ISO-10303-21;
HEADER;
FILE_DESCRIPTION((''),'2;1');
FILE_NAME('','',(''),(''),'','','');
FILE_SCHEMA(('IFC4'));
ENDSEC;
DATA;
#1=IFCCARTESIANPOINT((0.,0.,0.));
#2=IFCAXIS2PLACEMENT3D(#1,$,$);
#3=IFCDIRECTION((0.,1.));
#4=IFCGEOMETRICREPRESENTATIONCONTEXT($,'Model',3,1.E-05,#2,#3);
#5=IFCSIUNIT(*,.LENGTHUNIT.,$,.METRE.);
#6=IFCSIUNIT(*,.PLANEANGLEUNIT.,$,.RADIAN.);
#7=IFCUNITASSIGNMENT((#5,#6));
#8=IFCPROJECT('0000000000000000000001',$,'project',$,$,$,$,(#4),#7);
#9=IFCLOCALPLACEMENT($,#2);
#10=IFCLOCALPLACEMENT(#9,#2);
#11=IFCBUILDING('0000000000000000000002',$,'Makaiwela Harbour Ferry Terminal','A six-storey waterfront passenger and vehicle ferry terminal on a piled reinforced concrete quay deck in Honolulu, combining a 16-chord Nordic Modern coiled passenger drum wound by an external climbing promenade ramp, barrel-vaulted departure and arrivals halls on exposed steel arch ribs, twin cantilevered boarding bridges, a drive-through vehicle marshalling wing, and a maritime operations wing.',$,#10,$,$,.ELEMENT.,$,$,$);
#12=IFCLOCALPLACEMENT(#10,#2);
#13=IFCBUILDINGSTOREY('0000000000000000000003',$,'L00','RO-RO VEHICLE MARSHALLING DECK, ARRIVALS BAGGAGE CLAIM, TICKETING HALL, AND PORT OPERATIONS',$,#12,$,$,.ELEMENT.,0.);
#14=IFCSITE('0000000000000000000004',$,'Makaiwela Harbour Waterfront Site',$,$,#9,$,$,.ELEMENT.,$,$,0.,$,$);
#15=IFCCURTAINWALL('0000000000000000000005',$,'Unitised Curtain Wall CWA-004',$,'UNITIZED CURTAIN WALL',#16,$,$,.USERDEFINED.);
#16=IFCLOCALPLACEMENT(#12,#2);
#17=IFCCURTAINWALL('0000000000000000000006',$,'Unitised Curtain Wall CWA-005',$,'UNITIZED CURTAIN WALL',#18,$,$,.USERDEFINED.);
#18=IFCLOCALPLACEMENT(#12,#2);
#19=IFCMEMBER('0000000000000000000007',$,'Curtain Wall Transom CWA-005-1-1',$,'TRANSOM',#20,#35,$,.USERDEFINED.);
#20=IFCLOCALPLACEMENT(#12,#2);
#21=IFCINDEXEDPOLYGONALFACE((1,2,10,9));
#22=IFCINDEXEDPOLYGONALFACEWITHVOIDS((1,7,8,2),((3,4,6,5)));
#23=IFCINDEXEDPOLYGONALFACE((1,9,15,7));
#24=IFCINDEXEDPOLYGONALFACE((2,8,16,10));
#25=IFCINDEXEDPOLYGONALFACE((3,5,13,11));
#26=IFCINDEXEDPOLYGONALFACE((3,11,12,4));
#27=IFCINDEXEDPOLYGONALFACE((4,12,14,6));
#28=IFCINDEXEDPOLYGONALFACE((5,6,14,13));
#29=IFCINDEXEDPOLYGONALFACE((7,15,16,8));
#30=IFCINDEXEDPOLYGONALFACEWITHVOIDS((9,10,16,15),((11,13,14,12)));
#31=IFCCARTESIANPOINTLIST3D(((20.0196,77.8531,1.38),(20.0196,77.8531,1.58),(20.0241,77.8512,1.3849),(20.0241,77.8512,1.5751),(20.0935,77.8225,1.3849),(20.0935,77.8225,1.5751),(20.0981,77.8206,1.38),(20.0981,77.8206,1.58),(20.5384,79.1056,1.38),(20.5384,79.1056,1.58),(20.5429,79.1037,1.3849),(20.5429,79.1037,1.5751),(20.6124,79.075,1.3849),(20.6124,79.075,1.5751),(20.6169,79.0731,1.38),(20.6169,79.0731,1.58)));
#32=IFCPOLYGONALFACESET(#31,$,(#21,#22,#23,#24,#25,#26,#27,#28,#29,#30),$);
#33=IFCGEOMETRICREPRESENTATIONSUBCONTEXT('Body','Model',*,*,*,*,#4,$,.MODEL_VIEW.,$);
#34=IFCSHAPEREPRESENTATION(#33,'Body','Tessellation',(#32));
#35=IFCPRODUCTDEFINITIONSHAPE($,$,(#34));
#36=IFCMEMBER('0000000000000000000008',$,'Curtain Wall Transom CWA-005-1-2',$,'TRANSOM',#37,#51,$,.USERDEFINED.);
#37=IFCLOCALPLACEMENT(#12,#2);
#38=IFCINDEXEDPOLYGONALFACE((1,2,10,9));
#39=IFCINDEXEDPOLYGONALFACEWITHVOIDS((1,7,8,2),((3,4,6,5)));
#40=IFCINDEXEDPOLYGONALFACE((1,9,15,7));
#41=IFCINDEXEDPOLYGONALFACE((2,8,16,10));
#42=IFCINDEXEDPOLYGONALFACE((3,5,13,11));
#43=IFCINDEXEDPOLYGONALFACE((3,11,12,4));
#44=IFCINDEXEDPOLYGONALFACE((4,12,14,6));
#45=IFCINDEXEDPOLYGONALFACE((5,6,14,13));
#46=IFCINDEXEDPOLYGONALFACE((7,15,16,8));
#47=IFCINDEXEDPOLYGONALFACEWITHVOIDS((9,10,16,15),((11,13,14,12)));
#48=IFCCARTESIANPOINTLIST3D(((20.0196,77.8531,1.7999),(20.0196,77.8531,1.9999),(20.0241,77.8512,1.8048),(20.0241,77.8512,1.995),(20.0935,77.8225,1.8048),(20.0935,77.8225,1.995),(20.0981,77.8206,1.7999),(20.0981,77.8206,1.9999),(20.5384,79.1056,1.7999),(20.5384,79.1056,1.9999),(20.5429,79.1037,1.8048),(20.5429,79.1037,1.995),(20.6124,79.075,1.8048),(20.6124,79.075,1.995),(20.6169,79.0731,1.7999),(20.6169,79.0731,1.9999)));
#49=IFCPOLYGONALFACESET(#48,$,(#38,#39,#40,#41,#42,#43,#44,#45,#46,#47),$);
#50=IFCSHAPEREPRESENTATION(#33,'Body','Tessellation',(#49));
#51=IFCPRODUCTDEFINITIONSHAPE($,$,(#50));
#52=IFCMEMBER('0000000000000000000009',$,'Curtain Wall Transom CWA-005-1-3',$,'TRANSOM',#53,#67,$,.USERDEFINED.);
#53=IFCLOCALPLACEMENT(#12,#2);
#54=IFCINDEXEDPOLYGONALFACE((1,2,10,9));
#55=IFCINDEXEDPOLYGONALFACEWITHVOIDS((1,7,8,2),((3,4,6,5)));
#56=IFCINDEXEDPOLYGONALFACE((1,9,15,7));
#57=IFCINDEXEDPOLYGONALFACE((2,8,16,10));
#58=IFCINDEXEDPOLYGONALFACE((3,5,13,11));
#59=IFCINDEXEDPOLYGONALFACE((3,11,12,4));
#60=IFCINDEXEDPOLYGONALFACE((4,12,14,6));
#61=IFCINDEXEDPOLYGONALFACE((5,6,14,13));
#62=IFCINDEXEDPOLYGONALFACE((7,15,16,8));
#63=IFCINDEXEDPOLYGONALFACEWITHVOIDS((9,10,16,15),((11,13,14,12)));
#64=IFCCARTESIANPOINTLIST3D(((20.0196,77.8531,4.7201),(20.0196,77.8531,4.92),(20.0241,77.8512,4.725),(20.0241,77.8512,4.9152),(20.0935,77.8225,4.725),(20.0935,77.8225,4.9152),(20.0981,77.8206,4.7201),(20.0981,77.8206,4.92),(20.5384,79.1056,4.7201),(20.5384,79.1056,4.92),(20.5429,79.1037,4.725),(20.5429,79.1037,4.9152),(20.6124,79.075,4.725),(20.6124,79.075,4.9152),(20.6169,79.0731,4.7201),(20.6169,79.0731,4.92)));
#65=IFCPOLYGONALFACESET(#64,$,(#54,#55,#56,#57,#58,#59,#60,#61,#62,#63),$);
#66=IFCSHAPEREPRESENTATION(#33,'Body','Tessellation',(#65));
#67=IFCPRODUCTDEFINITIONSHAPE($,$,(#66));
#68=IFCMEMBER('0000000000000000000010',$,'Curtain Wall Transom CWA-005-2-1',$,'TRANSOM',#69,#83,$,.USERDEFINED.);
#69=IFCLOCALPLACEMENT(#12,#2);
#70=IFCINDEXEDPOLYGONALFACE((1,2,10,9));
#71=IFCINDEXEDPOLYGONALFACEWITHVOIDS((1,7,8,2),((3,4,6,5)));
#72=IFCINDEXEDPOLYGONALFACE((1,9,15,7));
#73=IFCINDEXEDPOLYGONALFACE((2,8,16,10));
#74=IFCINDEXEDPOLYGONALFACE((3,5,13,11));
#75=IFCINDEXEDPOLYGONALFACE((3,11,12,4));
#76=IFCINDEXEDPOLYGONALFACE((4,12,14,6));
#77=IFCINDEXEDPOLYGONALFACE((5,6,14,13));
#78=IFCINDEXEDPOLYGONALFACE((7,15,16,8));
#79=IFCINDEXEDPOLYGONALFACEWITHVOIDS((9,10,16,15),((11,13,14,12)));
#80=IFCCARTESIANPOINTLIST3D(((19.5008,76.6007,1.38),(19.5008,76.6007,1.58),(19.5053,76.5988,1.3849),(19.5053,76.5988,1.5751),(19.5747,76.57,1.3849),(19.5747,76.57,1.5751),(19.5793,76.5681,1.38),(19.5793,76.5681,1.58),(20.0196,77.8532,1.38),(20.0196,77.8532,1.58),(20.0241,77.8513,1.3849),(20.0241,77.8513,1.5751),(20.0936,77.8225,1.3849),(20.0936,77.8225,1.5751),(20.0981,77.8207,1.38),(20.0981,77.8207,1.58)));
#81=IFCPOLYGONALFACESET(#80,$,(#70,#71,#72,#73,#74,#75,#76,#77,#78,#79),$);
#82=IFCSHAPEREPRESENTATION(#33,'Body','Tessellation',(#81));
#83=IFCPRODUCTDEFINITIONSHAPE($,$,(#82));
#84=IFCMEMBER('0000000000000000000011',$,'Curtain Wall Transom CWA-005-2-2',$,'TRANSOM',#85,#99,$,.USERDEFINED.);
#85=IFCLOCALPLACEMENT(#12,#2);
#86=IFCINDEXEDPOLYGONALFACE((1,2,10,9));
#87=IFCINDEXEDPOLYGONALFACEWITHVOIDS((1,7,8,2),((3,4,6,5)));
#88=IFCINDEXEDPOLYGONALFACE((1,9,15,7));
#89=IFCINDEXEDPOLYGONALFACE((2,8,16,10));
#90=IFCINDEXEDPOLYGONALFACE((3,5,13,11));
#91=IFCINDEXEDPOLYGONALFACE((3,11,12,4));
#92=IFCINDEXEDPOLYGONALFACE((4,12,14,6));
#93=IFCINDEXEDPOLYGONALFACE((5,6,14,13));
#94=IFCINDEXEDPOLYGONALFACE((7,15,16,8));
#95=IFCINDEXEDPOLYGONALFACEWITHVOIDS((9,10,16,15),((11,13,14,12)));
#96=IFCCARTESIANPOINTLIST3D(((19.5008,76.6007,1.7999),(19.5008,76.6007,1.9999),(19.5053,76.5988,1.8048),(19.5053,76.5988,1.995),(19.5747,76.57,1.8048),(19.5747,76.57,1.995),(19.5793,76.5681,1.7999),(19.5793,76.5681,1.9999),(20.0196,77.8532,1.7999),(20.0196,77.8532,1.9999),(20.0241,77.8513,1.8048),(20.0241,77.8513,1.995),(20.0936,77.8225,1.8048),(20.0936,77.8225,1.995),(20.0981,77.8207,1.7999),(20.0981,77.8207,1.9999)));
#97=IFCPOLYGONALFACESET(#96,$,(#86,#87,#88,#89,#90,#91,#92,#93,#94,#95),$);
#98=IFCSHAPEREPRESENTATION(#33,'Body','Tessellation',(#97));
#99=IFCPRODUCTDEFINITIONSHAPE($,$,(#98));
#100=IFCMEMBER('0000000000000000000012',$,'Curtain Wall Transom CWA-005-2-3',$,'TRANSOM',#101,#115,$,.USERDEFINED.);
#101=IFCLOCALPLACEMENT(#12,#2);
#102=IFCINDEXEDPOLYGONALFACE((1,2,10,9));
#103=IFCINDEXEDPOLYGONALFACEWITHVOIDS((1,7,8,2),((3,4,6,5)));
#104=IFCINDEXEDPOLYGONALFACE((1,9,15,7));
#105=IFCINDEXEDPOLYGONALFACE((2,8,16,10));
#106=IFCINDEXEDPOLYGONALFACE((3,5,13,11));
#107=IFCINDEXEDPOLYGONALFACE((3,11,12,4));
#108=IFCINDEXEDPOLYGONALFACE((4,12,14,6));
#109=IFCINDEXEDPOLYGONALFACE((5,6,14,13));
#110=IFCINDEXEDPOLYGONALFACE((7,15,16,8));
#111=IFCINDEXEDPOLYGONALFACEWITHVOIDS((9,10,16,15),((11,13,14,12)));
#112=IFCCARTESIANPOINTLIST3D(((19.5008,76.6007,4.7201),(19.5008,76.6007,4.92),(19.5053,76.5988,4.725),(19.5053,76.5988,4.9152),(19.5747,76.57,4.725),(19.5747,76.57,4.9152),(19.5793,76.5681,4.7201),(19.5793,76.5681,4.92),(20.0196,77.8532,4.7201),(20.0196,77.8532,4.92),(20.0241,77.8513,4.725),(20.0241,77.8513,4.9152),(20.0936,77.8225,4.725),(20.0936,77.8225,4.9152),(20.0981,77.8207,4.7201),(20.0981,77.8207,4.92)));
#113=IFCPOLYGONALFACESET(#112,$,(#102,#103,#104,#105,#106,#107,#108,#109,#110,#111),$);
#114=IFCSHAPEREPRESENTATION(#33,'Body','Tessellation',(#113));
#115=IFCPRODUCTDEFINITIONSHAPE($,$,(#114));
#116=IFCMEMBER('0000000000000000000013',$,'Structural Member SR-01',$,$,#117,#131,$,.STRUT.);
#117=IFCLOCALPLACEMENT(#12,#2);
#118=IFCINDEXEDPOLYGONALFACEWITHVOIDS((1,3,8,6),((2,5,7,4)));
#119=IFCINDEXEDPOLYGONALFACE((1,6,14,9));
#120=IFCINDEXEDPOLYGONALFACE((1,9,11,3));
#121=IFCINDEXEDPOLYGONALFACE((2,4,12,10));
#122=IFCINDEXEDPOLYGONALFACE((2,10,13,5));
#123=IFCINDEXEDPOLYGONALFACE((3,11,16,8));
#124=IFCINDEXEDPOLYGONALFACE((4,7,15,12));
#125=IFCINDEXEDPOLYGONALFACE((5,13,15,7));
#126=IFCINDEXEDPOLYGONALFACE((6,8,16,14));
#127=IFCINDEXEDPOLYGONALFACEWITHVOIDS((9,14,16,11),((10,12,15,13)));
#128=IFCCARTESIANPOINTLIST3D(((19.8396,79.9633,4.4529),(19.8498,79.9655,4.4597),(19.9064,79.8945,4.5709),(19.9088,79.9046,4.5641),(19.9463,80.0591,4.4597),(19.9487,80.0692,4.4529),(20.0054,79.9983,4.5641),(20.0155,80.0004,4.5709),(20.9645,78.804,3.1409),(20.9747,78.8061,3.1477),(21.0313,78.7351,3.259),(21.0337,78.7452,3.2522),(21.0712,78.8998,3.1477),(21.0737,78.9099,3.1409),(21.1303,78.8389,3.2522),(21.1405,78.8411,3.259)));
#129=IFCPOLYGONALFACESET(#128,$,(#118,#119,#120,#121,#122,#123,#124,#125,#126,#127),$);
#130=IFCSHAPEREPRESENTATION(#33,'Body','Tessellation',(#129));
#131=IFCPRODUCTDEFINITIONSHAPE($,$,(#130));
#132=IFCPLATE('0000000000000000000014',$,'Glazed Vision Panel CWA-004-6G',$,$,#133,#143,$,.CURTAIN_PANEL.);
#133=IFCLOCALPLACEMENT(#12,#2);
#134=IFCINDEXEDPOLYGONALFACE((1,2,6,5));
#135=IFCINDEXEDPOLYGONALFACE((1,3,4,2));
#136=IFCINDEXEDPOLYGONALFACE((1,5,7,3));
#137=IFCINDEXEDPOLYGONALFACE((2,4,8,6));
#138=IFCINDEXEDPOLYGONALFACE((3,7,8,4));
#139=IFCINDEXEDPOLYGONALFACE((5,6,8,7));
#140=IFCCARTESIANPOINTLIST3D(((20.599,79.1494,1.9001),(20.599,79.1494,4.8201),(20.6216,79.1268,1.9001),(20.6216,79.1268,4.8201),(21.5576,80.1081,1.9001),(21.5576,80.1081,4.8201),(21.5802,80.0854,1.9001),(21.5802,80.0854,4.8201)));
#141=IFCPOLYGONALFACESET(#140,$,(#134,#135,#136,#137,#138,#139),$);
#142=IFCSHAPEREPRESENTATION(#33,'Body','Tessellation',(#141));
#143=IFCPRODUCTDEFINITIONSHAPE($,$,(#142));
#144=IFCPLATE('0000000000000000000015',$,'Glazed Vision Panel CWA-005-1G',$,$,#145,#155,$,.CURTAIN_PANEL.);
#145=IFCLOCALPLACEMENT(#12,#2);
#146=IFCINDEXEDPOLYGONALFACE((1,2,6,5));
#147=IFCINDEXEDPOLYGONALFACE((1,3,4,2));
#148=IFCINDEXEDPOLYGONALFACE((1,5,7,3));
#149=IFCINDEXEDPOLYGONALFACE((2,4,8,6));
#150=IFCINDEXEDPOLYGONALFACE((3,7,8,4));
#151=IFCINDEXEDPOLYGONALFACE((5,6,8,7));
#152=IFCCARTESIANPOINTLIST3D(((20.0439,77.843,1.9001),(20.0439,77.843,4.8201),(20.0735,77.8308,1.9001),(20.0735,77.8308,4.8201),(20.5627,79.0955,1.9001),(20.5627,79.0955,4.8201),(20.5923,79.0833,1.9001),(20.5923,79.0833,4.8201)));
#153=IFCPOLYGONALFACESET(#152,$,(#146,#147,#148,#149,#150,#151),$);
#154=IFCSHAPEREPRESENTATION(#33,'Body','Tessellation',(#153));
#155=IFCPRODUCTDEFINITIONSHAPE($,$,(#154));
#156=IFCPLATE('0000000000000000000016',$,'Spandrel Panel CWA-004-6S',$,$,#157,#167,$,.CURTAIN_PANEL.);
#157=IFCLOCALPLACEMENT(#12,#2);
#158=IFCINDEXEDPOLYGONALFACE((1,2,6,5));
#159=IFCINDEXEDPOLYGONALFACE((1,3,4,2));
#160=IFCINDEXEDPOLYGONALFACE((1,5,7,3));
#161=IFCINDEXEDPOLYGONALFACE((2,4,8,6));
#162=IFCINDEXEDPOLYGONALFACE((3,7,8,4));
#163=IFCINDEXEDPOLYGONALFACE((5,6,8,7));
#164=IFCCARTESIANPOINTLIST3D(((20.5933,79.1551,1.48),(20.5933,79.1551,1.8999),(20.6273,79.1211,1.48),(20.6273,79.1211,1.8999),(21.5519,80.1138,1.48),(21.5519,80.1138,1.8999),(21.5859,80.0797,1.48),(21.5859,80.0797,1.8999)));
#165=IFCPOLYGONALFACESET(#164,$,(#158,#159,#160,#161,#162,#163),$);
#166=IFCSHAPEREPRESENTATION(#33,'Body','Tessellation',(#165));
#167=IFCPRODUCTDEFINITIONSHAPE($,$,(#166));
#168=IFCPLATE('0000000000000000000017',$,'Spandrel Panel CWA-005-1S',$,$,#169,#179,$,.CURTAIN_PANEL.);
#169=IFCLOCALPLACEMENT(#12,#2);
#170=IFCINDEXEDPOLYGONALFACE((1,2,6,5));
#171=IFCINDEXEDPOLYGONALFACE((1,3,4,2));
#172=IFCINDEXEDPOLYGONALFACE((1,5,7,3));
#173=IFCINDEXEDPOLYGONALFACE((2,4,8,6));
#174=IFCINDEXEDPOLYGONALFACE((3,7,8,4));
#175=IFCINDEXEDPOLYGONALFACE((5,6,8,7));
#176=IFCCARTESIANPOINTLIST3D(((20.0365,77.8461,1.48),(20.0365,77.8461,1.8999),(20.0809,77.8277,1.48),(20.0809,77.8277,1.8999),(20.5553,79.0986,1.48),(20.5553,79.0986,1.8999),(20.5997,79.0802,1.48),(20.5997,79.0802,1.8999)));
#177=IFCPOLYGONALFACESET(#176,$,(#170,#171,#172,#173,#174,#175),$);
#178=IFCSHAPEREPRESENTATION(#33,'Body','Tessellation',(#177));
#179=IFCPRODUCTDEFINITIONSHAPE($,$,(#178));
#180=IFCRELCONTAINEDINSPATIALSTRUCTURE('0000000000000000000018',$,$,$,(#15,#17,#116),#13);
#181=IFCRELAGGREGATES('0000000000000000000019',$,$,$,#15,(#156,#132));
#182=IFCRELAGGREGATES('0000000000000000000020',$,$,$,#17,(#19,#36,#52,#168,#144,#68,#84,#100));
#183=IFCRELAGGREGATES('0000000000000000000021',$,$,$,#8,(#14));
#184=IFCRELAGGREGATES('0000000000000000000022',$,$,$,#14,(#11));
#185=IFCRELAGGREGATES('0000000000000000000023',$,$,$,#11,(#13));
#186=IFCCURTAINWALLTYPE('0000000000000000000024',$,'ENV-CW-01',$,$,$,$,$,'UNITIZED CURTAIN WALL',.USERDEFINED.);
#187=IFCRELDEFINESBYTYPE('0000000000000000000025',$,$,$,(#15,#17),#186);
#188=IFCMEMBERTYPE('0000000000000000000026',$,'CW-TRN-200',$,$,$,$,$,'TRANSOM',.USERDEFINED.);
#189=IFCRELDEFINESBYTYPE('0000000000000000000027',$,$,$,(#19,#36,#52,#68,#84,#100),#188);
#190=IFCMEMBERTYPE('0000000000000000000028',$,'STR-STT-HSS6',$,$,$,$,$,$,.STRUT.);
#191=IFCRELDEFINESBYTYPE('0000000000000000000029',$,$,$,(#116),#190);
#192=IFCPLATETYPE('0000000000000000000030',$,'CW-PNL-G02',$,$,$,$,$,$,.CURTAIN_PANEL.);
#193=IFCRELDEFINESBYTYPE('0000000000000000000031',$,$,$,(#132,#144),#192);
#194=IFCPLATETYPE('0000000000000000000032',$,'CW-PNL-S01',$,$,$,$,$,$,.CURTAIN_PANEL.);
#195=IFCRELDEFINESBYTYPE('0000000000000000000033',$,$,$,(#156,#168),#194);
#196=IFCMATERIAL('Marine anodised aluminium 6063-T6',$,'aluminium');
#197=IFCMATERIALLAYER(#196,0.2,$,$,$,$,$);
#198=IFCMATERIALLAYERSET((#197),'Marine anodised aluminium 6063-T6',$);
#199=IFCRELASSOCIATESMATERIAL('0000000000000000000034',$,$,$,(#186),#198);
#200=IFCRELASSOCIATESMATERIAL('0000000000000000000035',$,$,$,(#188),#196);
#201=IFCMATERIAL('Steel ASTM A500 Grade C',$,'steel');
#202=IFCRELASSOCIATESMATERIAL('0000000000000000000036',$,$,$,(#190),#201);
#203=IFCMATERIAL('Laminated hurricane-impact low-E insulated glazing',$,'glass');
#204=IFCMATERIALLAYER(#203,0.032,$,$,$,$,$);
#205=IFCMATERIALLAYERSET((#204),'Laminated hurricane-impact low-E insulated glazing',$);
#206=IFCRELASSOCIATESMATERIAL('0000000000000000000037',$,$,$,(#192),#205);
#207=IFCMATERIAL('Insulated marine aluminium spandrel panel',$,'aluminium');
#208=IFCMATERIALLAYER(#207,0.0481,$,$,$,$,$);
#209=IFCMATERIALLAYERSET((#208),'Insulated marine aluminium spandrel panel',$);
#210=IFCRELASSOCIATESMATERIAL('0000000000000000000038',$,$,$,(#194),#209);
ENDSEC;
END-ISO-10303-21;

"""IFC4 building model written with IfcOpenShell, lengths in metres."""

from ifc_helpers import new_model, si_unit, direction, frame, origin, origin_2d, place, context, subcontext, project, spatial, rectangle, hollow_rectangle, extrude, material, layer, layer_set, material_profile, profile_set, type_object, element, aggregate, save


model = new_model("IFC4")

# Units and contexts
model_context = context("Model", 3, precision=1e-05, world=origin(), true_north=direction((0.0, 1.0)))
body_context = subcontext(model_context, "Body", "Model", "MODEL_VIEW")
ifc_project = project(units=[si_unit("LENGTHUNIT", "METRE"), si_unit("PLANEANGLEUNIT", "RADIAN")], contexts=[model_context])

# Site, building, storey
site_placement = place(None, origin())
site = spatial("IfcSite", under=ifc_project, at=site_placement, Name="Makaiwela Harbour Waterfront Site", CompositionType="ELEMENT", RefElevation=0.0)
building_placement = place(site_placement, origin())
building = spatial("IfcBuilding", under=site, at=building_placement, Name="Makaiwela Harbour Ferry Terminal", Description="A six-storey waterfront passenger and vehicle ferry terminal on a piled reinforced concrete quay deck in Honolulu, combining a 16-chord Nordic Modern coiled passenger drum wound by an external climbing promenade ramp, barrel-vaulted departure and arrivals halls on exposed steel arch ribs, twin cantilevered boarding bridges, a drive-through vehicle marshalling wing, and a maritime operations wing.", CompositionType="ELEMENT")
storey_placement = place(building_placement, origin())
storey = spatial("IfcBuildingStorey", under=building, at=storey_placement, Name="L00", Description="RO-RO VEHICLE MARSHALLING DECK, ARRIVALS BAGGAGE CLAIM, TICKETING HALL, AND PORT OPERATIONS", CompositionType="ELEMENT", Elevation=0.0)

# Curtain walls, members
ifc_material_1 = material(Name="Marine anodised aluminium 6063-T6", Category="aluminium")
ifc_layer_1 = layer(ifc_material_1, 0.2)
ifc_layer_set_1 = layer_set([ifc_layer_1], Name="Marine anodised aluminium 6063-T6")
curtain_wall_type = type_object("IfcCurtainWallType", Name="ENV-CW-01", ElementType="UNITIZED CURTAIN WALL", PredefinedType="USERDEFINED", material=ifc_layer_set_1)
curtain_wall_1_placement = place(storey_placement, origin())
curtain_wall_1 = element("IfcCurtainWall", 1, at=curtain_wall_1_placement, inside=storey, type_object=curtain_wall_type, Name="Unitised Curtain Wall CWA-004", ObjectType="UNITIZED CURTAIN WALL", PredefinedType="USERDEFINED")
curtain_wall_2_placement = place(storey_placement, origin())
curtain_wall_2 = element("IfcCurtainWall", 2, at=curtain_wall_2_placement, inside=storey, type_object=curtain_wall_type, Name="Unitised Curtain Wall CWA-005", ObjectType="UNITIZED CURTAIN WALL", PredefinedType="USERDEFINED")
ifc_material_profile_1 = material_profile(ifc_material_1, hollow_rectangle(XDim=0.085, YDim=0.2, WallThickness=0.0049, at=origin_2d()), Name="CWT-200X85")
ifc_profile_set_1 = profile_set([ifc_material_profile_1], Name="Marine anodised aluminium 6063-T6")
member_type_1 = type_object("IfcMemberType", Name="CW-TRN-200", ElementType="TRANSOM", PredefinedType="USERDEFINED", material=ifc_profile_set_1)
member_1_placement = place(storey_placement, frame((20.5776, 79.0894, 1.48), z_axis=(-0.382696, -0.923874, 0.0), x_axis=(0.923874, -0.382696, 0.0)))
member_1 = element("IfcMember", 3, at=member_1_placement, type_object=member_type_1, Name="Curtain Wall Transom CWA-005-1-1", ObjectType="TRANSOM", PredefinedType="USERDEFINED", context=body_context, shape_type="SweptSolid", body=[
    extrude(hollow_rectangle(XDim=0.085, YDim=0.2, WallThickness=0.0049, at=origin_2d()), origin(), (0.0, 0.0, 1.0), 1.3557),
])
member_2_placement = place(storey_placement, frame((20.5776, 79.0894, 1.8999), z_axis=(-0.382696, -0.923874, 0.0), x_axis=(0.923874, -0.382696, 0.0)))
member_2 = element("IfcMember", 4, at=member_2_placement, type_object=member_type_1, Name="Curtain Wall Transom CWA-005-1-2", ObjectType="TRANSOM", PredefinedType="USERDEFINED", context=body_context, shape_type="SweptSolid", body=[
    extrude(hollow_rectangle(XDim=0.085, YDim=0.2, WallThickness=0.0049, at=origin_2d()), origin(), (0.0, 0.0, 1.0), 1.3557),
])
member_3_placement = place(storey_placement, frame((20.5776, 79.0894, 4.8201), z_axis=(-0.382696, -0.923874, 0.0), x_axis=(0.923874, -0.382696, 0.0)))
member_3 = element("IfcMember", 5, at=member_3_placement, type_object=member_type_1, Name="Curtain Wall Transom CWA-005-1-3", ObjectType="TRANSOM", PredefinedType="USERDEFINED", context=body_context, shape_type="SweptSolid", body=[
    extrude(hollow_rectangle(XDim=0.085, YDim=0.2, WallThickness=0.0049, at=origin_2d()), origin(), (0.0, 0.0, 1.0), 1.3557),
])
member_4_placement = place(storey_placement, frame((20.0588, 77.8369, 1.48), z_axis=(-0.382696, -0.923874, 0.0), x_axis=(0.923874, -0.382696, 0.0)))
member_4 = element("IfcMember", 6, at=member_4_placement, type_object=member_type_1, Name="Curtain Wall Transom CWA-005-2-1", ObjectType="TRANSOM", PredefinedType="USERDEFINED", context=body_context, shape_type="SweptSolid", body=[
    extrude(hollow_rectangle(XDim=0.085, YDim=0.2, WallThickness=0.0049, at=origin_2d()), origin(), (0.0, 0.0, 1.0), 1.3557),
])
member_5_placement = place(storey_placement, frame((20.0588, 77.8369, 1.8999), z_axis=(-0.382696, -0.923874, 0.0), x_axis=(0.923874, -0.382696, 0.0)))
member_5 = element("IfcMember", 7, at=member_5_placement, type_object=member_type_1, Name="Curtain Wall Transom CWA-005-2-2", ObjectType="TRANSOM", PredefinedType="USERDEFINED", context=body_context, shape_type="SweptSolid", body=[
    extrude(hollow_rectangle(XDim=0.085, YDim=0.2, WallThickness=0.0049, at=origin_2d()), origin(), (0.0, 0.0, 1.0), 1.3557),
])
member_6_placement = place(storey_placement, frame((20.0588, 77.8369, 4.8201), z_axis=(-0.382696, -0.923874, 0.0), x_axis=(0.923874, -0.382696, 0.0)))
member_6 = element("IfcMember", 8, at=member_6_placement, type_object=member_type_1, Name="Curtain Wall Transom CWA-005-2-3", ObjectType="TRANSOM", PredefinedType="USERDEFINED", context=body_context, shape_type="SweptSolid", body=[
    extrude(hollow_rectangle(XDim=0.085, YDim=0.2, WallThickness=0.0049, at=origin_2d()), origin(), (0.0, 0.0, 1.0), 1.3557),
])

# Member
ifc_material_2 = material(Name="Steel ASTM A500 Grade C", Category="steel")
ifc_material_profile_2 = material_profile(ifc_material_2, hollow_rectangle(XDim=0.1521, YDim=0.1521, WallThickness=0.0088, at=origin_2d()), Name="HSS6X6X3/8")
ifc_profile_set_2 = profile_set([ifc_material_profile_2], Name="Steel ASTM A500 Grade C")
member_type_2 = type_object("IfcMemberType", Name="STR-STT-HSS6", PredefinedType="STRUT", material=ifc_profile_set_2)
member_7_placement = place(storey_placement, frame((21.0525, 78.8225, 3.2), z_axis=(-0.540562, 0.557102, 0.630421), x_axis=(-0.717681, -0.696372, 0.0)))
element("IfcMember", 9, at=member_7_placement, inside=storey, type_object=member_type_2, Name="Structural Member SR-01", PredefinedType="STRUT", context=body_context, shape_type="SweptSolid", body=[
    extrude(hollow_rectangle(XDim=0.1521, YDim=0.1521, WallThickness=0.0088, at=origin_2d()), origin(), (0.0, 0.0, 1.0), 2.0811),
])

# Plates
ifc_material_3 = material(Name="Laminated hurricane-impact low-E insulated glazing", Category="glass")
ifc_layer_2 = layer(ifc_material_3, 0.032)
ifc_layer_set_2 = layer_set([ifc_layer_2], Name="Laminated hurricane-impact low-E insulated glazing")
plate_type_1 = type_object("IfcPlateType", Name="CW-PNL-G02", PredefinedType="CURTAIN_PANEL", material=ifc_layer_set_2)
plate_1_placement = place(storey_placement, frame((21.0896, 79.6174, 1.9001), z_axis=(0.0, 0.0, 1.0), x_axis=(-0.707107, -0.707107, 0.0)))
plate_1 = element("IfcPlate", 10, at=plate_1_placement, type_object=plate_type_1, Name="Glazed Vision Panel CWA-004-6G", PredefinedType="CURTAIN_PANEL", context=body_context, shape_type="SweptSolid", body=[
    extrude(rectangle(XDim=1.3557, YDim=0.032, at=origin_2d()), origin(), (0.0, 0.0, 1.0), 2.9199),
])
plate_2_placement = place(storey_placement, frame((20.3181, 78.4631, 1.9001), z_axis=(0.0, 0.0, 1.0), x_axis=(-0.382683, -0.92388, 0.0)))
plate_2 = element("IfcPlate", 11, at=plate_2_placement, type_object=plate_type_1, Name="Glazed Vision Panel CWA-005-1G", PredefinedType="CURTAIN_PANEL", context=body_context, shape_type="SweptSolid", body=[
    extrude(rectangle(XDim=1.3557, YDim=0.032, at=origin_2d()), origin(), (0.0, 0.0, 1.0), 2.9199),
])
ifc_material_4 = material(Name="Insulated marine aluminium spandrel panel", Category="aluminium")
ifc_layer_3 = layer(ifc_material_4, 0.0481)
ifc_layer_set_3 = layer_set([ifc_layer_3], Name="Insulated marine aluminium spandrel panel")
plate_type_2 = type_object("IfcPlateType", Name="CW-PNL-S01", PredefinedType="CURTAIN_PANEL", material=ifc_layer_set_3)
plate_3_placement = place(storey_placement, frame((21.0896, 79.6174, 1.48), z_axis=(0.0, 0.0, 1.0), x_axis=(-0.707107, -0.707107, 0.0)))
plate_3 = element("IfcPlate", 12, at=plate_3_placement, type_object=plate_type_2, Name="Spandrel Panel CWA-004-6S", PredefinedType="CURTAIN_PANEL", context=body_context, shape_type="SweptSolid", body=[
    extrude(rectangle(XDim=1.3557, YDim=0.0481, at=origin_2d()), origin(), (0.0, 0.0, 1.0), 0.4199),
])
aggregate(curtain_wall_1, [plate_3, plate_1])
plate_4_placement = place(storey_placement, frame((20.3181, 78.4631, 1.48), z_axis=(0.0, 0.0, 1.0), x_axis=(-0.382683, -0.92388, 0.0)))
plate_4 = element("IfcPlate", 13, at=plate_4_placement, type_object=plate_type_2, Name="Spandrel Panel CWA-005-1S", PredefinedType="CURTAIN_PANEL", context=body_context, shape_type="SweptSolid", body=[
    extrude(rectangle(XDim=1.3557, YDim=0.0481, at=origin_2d()), origin(), (0.0, 0.0, 1.0), 0.4199),
])
aggregate(curtain_wall_2, [member_1, member_2, member_3, plate_4, plate_2, member_4, member_5, member_6])

save(model, "model.ifc")
